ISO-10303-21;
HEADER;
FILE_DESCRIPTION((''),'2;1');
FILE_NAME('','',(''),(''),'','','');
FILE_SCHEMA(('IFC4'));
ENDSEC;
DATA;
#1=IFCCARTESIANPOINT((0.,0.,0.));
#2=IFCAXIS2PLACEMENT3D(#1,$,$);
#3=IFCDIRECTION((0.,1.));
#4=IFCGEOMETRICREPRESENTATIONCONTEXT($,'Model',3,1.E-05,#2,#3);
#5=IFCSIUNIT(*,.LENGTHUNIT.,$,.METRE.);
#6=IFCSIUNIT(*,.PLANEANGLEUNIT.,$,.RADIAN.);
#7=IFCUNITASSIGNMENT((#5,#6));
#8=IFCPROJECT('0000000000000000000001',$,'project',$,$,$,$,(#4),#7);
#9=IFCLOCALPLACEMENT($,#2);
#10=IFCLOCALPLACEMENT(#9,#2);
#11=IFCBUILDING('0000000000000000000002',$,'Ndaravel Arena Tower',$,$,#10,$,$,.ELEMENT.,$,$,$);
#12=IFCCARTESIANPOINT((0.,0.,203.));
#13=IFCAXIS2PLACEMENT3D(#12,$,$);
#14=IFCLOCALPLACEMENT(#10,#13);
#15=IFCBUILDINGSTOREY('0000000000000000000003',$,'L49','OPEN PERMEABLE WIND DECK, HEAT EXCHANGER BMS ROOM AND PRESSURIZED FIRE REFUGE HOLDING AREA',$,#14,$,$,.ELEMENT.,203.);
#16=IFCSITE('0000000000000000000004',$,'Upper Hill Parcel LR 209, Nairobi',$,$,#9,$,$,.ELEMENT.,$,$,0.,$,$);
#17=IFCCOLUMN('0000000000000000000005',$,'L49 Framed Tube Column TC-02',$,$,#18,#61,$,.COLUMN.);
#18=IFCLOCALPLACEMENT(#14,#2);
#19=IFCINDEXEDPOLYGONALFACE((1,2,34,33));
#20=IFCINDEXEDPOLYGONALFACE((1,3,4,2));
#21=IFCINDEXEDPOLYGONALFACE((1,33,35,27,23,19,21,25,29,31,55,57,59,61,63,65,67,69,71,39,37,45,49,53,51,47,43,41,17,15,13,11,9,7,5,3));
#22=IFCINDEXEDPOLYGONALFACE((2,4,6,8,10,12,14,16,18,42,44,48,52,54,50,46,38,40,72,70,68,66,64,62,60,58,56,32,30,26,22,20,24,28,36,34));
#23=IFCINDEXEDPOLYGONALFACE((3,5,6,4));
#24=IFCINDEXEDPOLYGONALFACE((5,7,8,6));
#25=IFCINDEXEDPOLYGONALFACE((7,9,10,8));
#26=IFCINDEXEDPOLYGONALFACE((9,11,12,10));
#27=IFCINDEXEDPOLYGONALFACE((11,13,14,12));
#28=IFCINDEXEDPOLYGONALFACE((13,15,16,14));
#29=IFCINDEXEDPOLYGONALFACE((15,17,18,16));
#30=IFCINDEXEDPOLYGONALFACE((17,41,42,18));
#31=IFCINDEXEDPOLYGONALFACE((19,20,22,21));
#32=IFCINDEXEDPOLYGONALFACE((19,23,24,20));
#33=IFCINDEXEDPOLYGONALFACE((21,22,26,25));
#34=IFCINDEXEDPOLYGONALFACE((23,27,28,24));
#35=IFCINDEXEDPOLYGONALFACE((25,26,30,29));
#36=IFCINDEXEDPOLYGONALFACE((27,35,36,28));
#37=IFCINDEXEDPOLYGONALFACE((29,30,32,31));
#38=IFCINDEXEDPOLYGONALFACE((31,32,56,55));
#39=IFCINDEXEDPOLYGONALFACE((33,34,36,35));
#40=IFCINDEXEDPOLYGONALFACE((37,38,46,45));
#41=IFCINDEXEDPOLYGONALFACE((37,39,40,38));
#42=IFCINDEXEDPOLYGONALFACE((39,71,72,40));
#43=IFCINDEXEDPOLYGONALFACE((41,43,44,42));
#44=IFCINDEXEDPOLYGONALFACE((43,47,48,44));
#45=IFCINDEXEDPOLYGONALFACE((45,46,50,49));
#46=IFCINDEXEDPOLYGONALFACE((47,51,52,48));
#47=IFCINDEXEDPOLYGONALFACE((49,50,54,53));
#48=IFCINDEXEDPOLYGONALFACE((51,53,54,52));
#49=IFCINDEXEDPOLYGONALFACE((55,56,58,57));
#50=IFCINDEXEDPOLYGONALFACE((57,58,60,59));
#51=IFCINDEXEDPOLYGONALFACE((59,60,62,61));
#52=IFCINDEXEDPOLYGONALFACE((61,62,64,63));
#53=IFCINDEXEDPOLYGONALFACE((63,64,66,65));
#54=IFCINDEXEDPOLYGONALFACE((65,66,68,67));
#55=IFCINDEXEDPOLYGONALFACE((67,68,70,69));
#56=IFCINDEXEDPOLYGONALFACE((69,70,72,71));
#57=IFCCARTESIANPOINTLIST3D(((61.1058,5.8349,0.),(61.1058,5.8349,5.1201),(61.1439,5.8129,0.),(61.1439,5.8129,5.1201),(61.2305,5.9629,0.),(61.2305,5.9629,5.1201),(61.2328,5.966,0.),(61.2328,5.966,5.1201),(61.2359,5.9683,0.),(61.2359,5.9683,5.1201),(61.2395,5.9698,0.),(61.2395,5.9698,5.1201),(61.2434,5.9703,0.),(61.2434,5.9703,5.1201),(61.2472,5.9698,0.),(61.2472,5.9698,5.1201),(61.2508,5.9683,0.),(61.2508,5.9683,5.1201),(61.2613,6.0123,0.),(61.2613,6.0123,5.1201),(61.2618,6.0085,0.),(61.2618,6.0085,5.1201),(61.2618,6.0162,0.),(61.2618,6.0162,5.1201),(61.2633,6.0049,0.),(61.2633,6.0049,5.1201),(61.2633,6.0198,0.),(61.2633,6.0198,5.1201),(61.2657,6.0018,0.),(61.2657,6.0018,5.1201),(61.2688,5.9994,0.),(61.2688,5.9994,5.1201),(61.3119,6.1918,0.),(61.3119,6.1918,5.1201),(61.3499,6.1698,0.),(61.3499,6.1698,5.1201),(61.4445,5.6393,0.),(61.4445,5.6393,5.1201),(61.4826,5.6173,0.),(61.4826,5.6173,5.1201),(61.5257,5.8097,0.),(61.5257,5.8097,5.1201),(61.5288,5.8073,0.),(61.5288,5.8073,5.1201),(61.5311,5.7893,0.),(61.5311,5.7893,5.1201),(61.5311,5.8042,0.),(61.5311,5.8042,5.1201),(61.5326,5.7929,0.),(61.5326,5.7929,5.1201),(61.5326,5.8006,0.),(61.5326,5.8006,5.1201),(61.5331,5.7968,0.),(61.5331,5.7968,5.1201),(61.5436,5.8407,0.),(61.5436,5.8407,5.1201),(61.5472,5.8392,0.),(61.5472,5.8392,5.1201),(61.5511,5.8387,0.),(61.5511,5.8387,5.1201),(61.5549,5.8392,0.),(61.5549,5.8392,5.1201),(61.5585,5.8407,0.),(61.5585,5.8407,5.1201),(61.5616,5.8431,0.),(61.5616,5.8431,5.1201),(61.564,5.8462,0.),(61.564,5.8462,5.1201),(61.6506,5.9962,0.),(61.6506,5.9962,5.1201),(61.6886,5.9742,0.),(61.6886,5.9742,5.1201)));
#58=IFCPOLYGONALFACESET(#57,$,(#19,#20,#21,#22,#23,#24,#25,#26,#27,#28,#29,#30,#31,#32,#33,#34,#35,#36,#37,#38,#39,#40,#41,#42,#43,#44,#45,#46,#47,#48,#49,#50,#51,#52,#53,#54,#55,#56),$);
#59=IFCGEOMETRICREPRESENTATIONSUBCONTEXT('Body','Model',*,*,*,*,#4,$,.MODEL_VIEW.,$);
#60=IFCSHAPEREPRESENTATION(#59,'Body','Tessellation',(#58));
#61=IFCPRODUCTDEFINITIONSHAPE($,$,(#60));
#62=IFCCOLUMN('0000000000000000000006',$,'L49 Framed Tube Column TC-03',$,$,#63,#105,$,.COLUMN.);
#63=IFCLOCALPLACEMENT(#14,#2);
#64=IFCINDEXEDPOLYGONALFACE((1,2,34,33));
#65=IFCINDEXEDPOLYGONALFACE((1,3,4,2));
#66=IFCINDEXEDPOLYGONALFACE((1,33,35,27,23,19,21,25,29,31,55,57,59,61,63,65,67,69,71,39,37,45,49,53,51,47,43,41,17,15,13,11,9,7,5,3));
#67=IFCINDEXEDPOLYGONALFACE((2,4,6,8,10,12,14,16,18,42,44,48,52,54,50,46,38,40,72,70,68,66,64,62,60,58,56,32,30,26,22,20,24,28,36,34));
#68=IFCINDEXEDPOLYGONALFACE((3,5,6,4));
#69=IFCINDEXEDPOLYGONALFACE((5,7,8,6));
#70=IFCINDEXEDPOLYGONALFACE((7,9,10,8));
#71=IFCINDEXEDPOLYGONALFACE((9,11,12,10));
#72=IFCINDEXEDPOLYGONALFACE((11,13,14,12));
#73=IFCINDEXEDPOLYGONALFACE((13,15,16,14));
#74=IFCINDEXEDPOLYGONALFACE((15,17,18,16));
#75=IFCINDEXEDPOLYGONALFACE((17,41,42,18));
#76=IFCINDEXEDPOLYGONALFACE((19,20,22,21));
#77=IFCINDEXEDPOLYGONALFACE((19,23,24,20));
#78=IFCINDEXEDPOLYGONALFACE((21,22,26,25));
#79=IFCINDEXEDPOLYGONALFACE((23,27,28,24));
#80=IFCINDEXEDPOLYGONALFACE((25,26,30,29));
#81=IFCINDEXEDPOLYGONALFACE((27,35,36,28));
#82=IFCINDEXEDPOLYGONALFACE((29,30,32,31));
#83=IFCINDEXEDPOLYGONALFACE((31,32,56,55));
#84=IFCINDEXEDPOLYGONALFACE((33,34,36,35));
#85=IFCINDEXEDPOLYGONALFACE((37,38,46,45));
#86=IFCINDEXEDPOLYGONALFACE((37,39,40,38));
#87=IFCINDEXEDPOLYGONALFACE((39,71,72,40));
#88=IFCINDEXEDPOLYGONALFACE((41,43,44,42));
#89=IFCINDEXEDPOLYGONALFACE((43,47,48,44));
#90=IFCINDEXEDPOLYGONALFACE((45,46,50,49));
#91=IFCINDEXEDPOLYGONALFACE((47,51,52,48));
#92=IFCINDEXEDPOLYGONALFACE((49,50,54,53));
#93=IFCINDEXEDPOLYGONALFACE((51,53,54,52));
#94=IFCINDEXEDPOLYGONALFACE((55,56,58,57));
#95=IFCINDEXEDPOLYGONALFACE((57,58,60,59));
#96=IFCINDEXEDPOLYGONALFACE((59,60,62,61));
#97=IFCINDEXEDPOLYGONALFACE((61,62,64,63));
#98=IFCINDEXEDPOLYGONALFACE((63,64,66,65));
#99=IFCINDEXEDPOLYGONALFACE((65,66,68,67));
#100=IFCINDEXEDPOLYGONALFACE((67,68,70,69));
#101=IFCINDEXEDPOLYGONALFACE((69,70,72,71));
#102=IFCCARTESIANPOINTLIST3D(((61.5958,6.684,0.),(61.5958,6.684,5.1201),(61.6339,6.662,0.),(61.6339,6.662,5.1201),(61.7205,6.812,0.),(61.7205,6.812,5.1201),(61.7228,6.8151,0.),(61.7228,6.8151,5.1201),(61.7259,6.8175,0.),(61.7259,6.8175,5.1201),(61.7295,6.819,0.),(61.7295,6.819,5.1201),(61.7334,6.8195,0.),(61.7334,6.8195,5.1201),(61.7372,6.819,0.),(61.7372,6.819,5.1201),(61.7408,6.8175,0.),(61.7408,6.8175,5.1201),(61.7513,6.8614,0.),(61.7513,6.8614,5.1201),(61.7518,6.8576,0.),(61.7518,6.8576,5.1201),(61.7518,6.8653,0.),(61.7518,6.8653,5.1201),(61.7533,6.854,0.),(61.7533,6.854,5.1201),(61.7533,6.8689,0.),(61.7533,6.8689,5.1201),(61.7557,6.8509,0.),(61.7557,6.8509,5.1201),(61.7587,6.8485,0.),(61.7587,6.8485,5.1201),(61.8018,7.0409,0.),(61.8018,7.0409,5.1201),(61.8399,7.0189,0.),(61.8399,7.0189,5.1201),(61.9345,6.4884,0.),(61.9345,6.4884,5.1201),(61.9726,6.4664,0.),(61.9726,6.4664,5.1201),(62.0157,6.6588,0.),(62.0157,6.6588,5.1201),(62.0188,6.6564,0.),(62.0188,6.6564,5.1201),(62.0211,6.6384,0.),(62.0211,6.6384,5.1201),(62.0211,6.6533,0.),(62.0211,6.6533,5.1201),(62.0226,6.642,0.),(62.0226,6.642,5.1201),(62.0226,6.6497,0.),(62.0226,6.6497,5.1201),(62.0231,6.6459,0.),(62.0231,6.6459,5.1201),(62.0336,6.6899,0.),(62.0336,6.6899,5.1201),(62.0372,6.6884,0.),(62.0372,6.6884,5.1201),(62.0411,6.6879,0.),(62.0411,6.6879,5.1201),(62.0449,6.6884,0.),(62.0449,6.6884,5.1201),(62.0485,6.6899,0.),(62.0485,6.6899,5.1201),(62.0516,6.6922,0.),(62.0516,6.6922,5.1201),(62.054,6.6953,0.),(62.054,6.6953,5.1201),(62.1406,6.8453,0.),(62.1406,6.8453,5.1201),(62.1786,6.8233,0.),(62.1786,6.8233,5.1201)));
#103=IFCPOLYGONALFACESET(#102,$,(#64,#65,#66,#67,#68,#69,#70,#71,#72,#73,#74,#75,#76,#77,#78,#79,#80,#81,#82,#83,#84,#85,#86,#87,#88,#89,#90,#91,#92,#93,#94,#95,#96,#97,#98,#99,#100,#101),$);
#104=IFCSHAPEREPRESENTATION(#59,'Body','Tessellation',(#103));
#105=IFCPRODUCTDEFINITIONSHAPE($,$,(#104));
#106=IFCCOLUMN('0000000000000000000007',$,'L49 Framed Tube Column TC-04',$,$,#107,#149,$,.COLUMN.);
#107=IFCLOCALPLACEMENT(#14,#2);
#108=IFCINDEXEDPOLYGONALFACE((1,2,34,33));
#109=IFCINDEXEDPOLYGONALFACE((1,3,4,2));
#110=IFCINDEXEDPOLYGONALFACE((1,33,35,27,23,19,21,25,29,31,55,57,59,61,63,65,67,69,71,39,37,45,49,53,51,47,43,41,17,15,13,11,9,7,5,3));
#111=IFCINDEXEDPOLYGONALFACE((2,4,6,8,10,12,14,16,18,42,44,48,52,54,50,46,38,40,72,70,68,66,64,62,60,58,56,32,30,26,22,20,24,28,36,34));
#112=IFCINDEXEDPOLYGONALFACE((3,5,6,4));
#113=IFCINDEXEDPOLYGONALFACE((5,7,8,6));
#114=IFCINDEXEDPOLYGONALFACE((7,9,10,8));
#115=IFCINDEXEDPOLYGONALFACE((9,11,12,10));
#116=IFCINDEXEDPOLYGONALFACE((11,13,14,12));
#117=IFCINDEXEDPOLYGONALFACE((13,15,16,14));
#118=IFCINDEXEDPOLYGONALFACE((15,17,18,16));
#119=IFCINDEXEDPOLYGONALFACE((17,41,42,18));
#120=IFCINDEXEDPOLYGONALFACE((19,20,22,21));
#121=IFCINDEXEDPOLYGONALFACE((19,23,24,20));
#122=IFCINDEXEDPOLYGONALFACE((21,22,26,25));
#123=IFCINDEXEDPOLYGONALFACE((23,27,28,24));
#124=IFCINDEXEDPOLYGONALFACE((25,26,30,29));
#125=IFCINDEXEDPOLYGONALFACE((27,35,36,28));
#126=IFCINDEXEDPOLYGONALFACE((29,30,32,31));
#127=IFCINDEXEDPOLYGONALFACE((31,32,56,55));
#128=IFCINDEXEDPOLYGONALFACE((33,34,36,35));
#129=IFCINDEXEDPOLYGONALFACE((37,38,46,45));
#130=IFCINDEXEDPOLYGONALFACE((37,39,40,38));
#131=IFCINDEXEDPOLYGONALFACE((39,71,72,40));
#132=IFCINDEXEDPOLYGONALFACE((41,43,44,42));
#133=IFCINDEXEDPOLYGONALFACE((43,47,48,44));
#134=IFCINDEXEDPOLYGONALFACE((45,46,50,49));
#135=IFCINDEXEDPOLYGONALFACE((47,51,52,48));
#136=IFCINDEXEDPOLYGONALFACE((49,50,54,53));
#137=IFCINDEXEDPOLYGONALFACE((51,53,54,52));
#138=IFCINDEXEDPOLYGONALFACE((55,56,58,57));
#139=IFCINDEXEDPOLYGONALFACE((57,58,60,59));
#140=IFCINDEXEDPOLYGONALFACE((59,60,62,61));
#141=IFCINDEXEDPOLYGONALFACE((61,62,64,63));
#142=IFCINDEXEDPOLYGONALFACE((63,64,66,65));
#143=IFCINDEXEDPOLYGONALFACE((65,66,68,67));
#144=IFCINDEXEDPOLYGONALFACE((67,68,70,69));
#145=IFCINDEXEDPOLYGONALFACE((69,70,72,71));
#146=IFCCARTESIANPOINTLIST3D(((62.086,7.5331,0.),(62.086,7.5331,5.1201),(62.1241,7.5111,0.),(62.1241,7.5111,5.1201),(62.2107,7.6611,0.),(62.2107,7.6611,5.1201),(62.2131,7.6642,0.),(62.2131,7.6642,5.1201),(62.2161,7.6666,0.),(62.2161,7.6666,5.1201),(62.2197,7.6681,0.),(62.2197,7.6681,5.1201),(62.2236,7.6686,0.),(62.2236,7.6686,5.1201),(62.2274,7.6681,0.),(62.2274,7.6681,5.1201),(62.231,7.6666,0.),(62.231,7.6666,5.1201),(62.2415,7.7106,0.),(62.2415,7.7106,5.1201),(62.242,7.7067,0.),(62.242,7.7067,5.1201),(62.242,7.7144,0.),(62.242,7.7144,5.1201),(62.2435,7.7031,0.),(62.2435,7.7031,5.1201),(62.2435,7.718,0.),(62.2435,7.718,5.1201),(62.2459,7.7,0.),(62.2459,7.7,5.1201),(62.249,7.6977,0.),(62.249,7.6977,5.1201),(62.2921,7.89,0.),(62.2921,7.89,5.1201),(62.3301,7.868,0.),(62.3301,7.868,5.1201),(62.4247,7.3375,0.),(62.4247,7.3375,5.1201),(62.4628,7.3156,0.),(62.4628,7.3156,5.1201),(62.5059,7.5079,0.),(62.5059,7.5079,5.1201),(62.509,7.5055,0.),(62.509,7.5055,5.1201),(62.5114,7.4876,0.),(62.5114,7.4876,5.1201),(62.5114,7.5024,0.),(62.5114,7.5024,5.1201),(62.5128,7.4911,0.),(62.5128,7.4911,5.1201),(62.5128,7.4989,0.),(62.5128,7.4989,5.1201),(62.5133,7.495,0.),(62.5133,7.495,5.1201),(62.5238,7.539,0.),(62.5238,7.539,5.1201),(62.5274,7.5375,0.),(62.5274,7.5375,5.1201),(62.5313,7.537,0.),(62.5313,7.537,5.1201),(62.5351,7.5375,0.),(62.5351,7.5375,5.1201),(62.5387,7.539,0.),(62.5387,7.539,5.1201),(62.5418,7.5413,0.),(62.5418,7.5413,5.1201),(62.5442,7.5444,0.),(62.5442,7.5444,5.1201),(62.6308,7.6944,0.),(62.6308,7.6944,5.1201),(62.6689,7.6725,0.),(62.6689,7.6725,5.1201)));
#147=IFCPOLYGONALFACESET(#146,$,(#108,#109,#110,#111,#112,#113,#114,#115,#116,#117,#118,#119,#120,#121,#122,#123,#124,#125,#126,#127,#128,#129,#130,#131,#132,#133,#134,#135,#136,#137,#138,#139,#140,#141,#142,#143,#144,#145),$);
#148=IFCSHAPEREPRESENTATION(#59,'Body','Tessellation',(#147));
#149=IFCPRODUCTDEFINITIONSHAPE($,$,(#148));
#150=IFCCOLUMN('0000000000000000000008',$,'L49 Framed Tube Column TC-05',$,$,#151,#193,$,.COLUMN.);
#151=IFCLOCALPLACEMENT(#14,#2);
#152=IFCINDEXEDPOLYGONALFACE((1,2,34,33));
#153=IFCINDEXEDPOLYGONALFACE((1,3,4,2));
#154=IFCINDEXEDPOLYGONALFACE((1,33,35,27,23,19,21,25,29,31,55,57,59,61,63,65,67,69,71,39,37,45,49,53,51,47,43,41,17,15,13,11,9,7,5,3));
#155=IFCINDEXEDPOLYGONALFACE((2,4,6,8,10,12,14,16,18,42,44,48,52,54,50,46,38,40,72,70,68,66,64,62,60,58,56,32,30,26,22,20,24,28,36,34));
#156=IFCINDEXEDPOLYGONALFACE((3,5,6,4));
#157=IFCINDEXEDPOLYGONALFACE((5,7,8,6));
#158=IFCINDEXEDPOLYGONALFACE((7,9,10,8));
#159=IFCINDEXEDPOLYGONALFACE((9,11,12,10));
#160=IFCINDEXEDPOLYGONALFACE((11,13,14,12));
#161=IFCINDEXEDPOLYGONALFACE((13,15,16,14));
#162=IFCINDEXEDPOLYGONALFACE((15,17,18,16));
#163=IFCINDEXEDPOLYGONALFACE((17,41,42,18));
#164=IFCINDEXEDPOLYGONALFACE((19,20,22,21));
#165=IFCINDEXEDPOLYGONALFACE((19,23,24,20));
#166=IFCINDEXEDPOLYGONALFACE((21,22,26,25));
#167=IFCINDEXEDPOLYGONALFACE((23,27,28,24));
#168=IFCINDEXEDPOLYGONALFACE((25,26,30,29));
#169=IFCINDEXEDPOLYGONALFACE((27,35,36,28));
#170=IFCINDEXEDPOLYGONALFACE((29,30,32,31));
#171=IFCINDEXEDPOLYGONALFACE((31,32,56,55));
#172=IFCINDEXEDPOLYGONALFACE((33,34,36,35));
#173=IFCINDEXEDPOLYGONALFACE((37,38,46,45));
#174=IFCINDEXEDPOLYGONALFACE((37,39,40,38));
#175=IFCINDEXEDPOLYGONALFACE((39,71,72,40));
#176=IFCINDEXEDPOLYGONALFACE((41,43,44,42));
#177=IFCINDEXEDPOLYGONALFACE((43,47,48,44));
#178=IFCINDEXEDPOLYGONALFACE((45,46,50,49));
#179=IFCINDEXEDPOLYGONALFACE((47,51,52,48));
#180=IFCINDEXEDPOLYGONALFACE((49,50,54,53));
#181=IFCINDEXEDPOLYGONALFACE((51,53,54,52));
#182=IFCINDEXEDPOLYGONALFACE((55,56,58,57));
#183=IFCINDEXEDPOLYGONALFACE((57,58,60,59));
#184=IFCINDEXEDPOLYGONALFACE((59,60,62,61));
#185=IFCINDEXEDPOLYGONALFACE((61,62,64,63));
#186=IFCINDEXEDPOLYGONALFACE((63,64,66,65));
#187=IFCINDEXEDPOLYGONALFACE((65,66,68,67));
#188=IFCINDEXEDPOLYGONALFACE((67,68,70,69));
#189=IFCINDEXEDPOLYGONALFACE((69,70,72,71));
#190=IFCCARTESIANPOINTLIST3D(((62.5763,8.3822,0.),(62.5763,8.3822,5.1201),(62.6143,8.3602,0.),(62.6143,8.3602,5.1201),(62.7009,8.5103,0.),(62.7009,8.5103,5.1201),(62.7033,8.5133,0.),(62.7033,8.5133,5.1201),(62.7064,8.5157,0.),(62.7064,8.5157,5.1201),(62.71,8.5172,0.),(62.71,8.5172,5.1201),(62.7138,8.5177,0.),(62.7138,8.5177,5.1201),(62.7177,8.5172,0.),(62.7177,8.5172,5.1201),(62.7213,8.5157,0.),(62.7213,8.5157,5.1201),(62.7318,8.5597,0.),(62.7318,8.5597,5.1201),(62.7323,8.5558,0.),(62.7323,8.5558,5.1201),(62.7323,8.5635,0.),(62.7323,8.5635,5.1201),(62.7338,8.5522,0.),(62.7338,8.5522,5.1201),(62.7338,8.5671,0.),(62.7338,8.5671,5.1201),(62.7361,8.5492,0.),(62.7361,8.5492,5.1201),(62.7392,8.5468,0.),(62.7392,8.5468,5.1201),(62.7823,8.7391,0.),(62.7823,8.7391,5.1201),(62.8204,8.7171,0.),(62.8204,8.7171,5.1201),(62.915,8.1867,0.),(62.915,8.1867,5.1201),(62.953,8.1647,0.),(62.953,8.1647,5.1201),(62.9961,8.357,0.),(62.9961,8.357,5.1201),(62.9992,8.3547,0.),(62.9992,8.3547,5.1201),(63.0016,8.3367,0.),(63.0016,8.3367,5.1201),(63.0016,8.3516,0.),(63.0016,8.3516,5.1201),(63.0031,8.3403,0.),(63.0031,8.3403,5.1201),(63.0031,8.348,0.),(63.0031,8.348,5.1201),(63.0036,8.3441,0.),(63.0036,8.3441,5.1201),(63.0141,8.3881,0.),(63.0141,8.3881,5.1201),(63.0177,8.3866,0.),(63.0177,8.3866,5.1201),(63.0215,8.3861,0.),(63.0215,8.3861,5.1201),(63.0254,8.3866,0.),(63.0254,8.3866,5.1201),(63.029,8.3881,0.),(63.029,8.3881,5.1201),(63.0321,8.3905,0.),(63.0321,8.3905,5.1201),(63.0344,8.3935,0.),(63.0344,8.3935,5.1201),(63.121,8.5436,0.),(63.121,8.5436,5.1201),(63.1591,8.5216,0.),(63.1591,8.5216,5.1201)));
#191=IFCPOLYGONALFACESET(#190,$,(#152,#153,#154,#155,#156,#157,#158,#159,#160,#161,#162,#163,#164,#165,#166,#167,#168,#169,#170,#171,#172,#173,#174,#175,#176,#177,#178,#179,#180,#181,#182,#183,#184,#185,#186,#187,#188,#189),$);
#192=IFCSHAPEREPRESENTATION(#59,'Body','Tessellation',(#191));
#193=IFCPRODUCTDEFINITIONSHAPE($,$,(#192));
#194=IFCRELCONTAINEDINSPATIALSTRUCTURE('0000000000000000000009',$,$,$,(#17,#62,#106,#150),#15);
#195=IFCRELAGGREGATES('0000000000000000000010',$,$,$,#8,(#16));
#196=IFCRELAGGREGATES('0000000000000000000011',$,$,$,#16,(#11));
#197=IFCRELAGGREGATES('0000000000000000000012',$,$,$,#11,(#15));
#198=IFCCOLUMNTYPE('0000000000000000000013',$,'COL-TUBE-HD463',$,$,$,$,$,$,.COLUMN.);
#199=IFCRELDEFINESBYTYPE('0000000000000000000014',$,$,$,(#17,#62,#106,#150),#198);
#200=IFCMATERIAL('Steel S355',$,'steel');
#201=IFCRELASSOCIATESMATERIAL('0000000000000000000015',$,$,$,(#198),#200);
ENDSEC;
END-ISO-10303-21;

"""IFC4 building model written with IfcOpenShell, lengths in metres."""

from ifc_helpers import new_model, si_unit, direction, frame, origin, origin_2d, place, context, subcontext, project, spatial, i_section, extrude, material, material_profile, profile_set, type_object, element, save


model = new_model("IFC4")

# Units and contexts
model_context = context("Model", 3, precision=1e-05, world=origin(), true_north=direction((0.0, 1.0)))
body_context = subcontext(model_context, "Body", "Model", "MODEL_VIEW")
ifc_project = project(units=[si_unit("LENGTHUNIT", "METRE"), si_unit("PLANEANGLEUNIT", "RADIAN")], contexts=[model_context])

# Site, building, storey
site_placement = place(None, origin())
site = spatial("IfcSite", under=ifc_project, at=site_placement, Name="Upper Hill Parcel LR 209, Nairobi", CompositionType="ELEMENT", RefElevation=0.0)
building_placement = place(site_placement, origin())
building = spatial("IfcBuilding", under=site, at=building_placement, Name="Ndaravel Arena Tower", CompositionType="ELEMENT")
storey_placement = place(building_placement, frame((0.0, 0.0, 203.0)))
storey = spatial("IfcBuildingStorey", under=building, at=storey_placement, Name="L49", Description="OPEN PERMEABLE WIND DECK, HEAT EXCHANGER BMS ROOM AND PRESSURIZED FIRE REFUGE HOLDING AREA", CompositionType="ELEMENT", Elevation=203.0)

# Columns
ifc_material_1 = material(Name="Steel S355", Category="steel")
ifc_material_profile_1 = material_profile(ifc_material_1, i_section(OverallWidth=0.4121, OverallDepth=0.4351, WebThickness=0.0359, FlangeThickness=0.0439, FilletRadius=0.0149, at=origin_2d()), Name="HD 400x463")
ifc_profile_set_1 = profile_set([ifc_material_profile_1], Name="Steel S355")
column_type = type_object("IfcColumnType", Name="COL-TUBE-HD463", PredefinedType="COLUMN", material=ifc_profile_set_1)
for number, where, z_axis, x_axis, name in (
    (1, (61.3972, 5.9045, 0.0), (0.0, 0.0, 1.0), (0.5, 0.866025, 0.0), "L49 Framed Tube Column TC-02"),
    (2, (61.8872, 6.7537, 0.0), (0.0, 0.0, 1.0), (0.5, 0.866025, 0.0), "L49 Framed Tube Column TC-03"),
    (3, (62.3774, 7.6028, 0.0), (0.0, 0.0, 1.0), (0.5, 0.866025, 0.0), "L49 Framed Tube Column TC-04"),
    (4, (62.8677, 8.4519, 0.0), (0.0, 0.0, 1.0), (0.5, 0.866025, 0.0), "L49 Framed Tube Column TC-05"),
):
    element("IfcColumn", number, at=place(storey_placement, frame(where, z_axis=z_axis, x_axis=x_axis)), inside=storey, type_object=column_type, Name=name, PredefinedType="COLUMN", context=body_context, shape_type="SweptSolid", body=[
        extrude(i_section(OverallWidth=0.4121, OverallDepth=0.4351, WebThickness=0.0359, FlangeThickness=0.0439, FilletRadius=0.0149, at=origin_2d()), origin(), (0.0, 0.0, 1.0), 5.1201),
    ])

save(model, "model.ifc")
